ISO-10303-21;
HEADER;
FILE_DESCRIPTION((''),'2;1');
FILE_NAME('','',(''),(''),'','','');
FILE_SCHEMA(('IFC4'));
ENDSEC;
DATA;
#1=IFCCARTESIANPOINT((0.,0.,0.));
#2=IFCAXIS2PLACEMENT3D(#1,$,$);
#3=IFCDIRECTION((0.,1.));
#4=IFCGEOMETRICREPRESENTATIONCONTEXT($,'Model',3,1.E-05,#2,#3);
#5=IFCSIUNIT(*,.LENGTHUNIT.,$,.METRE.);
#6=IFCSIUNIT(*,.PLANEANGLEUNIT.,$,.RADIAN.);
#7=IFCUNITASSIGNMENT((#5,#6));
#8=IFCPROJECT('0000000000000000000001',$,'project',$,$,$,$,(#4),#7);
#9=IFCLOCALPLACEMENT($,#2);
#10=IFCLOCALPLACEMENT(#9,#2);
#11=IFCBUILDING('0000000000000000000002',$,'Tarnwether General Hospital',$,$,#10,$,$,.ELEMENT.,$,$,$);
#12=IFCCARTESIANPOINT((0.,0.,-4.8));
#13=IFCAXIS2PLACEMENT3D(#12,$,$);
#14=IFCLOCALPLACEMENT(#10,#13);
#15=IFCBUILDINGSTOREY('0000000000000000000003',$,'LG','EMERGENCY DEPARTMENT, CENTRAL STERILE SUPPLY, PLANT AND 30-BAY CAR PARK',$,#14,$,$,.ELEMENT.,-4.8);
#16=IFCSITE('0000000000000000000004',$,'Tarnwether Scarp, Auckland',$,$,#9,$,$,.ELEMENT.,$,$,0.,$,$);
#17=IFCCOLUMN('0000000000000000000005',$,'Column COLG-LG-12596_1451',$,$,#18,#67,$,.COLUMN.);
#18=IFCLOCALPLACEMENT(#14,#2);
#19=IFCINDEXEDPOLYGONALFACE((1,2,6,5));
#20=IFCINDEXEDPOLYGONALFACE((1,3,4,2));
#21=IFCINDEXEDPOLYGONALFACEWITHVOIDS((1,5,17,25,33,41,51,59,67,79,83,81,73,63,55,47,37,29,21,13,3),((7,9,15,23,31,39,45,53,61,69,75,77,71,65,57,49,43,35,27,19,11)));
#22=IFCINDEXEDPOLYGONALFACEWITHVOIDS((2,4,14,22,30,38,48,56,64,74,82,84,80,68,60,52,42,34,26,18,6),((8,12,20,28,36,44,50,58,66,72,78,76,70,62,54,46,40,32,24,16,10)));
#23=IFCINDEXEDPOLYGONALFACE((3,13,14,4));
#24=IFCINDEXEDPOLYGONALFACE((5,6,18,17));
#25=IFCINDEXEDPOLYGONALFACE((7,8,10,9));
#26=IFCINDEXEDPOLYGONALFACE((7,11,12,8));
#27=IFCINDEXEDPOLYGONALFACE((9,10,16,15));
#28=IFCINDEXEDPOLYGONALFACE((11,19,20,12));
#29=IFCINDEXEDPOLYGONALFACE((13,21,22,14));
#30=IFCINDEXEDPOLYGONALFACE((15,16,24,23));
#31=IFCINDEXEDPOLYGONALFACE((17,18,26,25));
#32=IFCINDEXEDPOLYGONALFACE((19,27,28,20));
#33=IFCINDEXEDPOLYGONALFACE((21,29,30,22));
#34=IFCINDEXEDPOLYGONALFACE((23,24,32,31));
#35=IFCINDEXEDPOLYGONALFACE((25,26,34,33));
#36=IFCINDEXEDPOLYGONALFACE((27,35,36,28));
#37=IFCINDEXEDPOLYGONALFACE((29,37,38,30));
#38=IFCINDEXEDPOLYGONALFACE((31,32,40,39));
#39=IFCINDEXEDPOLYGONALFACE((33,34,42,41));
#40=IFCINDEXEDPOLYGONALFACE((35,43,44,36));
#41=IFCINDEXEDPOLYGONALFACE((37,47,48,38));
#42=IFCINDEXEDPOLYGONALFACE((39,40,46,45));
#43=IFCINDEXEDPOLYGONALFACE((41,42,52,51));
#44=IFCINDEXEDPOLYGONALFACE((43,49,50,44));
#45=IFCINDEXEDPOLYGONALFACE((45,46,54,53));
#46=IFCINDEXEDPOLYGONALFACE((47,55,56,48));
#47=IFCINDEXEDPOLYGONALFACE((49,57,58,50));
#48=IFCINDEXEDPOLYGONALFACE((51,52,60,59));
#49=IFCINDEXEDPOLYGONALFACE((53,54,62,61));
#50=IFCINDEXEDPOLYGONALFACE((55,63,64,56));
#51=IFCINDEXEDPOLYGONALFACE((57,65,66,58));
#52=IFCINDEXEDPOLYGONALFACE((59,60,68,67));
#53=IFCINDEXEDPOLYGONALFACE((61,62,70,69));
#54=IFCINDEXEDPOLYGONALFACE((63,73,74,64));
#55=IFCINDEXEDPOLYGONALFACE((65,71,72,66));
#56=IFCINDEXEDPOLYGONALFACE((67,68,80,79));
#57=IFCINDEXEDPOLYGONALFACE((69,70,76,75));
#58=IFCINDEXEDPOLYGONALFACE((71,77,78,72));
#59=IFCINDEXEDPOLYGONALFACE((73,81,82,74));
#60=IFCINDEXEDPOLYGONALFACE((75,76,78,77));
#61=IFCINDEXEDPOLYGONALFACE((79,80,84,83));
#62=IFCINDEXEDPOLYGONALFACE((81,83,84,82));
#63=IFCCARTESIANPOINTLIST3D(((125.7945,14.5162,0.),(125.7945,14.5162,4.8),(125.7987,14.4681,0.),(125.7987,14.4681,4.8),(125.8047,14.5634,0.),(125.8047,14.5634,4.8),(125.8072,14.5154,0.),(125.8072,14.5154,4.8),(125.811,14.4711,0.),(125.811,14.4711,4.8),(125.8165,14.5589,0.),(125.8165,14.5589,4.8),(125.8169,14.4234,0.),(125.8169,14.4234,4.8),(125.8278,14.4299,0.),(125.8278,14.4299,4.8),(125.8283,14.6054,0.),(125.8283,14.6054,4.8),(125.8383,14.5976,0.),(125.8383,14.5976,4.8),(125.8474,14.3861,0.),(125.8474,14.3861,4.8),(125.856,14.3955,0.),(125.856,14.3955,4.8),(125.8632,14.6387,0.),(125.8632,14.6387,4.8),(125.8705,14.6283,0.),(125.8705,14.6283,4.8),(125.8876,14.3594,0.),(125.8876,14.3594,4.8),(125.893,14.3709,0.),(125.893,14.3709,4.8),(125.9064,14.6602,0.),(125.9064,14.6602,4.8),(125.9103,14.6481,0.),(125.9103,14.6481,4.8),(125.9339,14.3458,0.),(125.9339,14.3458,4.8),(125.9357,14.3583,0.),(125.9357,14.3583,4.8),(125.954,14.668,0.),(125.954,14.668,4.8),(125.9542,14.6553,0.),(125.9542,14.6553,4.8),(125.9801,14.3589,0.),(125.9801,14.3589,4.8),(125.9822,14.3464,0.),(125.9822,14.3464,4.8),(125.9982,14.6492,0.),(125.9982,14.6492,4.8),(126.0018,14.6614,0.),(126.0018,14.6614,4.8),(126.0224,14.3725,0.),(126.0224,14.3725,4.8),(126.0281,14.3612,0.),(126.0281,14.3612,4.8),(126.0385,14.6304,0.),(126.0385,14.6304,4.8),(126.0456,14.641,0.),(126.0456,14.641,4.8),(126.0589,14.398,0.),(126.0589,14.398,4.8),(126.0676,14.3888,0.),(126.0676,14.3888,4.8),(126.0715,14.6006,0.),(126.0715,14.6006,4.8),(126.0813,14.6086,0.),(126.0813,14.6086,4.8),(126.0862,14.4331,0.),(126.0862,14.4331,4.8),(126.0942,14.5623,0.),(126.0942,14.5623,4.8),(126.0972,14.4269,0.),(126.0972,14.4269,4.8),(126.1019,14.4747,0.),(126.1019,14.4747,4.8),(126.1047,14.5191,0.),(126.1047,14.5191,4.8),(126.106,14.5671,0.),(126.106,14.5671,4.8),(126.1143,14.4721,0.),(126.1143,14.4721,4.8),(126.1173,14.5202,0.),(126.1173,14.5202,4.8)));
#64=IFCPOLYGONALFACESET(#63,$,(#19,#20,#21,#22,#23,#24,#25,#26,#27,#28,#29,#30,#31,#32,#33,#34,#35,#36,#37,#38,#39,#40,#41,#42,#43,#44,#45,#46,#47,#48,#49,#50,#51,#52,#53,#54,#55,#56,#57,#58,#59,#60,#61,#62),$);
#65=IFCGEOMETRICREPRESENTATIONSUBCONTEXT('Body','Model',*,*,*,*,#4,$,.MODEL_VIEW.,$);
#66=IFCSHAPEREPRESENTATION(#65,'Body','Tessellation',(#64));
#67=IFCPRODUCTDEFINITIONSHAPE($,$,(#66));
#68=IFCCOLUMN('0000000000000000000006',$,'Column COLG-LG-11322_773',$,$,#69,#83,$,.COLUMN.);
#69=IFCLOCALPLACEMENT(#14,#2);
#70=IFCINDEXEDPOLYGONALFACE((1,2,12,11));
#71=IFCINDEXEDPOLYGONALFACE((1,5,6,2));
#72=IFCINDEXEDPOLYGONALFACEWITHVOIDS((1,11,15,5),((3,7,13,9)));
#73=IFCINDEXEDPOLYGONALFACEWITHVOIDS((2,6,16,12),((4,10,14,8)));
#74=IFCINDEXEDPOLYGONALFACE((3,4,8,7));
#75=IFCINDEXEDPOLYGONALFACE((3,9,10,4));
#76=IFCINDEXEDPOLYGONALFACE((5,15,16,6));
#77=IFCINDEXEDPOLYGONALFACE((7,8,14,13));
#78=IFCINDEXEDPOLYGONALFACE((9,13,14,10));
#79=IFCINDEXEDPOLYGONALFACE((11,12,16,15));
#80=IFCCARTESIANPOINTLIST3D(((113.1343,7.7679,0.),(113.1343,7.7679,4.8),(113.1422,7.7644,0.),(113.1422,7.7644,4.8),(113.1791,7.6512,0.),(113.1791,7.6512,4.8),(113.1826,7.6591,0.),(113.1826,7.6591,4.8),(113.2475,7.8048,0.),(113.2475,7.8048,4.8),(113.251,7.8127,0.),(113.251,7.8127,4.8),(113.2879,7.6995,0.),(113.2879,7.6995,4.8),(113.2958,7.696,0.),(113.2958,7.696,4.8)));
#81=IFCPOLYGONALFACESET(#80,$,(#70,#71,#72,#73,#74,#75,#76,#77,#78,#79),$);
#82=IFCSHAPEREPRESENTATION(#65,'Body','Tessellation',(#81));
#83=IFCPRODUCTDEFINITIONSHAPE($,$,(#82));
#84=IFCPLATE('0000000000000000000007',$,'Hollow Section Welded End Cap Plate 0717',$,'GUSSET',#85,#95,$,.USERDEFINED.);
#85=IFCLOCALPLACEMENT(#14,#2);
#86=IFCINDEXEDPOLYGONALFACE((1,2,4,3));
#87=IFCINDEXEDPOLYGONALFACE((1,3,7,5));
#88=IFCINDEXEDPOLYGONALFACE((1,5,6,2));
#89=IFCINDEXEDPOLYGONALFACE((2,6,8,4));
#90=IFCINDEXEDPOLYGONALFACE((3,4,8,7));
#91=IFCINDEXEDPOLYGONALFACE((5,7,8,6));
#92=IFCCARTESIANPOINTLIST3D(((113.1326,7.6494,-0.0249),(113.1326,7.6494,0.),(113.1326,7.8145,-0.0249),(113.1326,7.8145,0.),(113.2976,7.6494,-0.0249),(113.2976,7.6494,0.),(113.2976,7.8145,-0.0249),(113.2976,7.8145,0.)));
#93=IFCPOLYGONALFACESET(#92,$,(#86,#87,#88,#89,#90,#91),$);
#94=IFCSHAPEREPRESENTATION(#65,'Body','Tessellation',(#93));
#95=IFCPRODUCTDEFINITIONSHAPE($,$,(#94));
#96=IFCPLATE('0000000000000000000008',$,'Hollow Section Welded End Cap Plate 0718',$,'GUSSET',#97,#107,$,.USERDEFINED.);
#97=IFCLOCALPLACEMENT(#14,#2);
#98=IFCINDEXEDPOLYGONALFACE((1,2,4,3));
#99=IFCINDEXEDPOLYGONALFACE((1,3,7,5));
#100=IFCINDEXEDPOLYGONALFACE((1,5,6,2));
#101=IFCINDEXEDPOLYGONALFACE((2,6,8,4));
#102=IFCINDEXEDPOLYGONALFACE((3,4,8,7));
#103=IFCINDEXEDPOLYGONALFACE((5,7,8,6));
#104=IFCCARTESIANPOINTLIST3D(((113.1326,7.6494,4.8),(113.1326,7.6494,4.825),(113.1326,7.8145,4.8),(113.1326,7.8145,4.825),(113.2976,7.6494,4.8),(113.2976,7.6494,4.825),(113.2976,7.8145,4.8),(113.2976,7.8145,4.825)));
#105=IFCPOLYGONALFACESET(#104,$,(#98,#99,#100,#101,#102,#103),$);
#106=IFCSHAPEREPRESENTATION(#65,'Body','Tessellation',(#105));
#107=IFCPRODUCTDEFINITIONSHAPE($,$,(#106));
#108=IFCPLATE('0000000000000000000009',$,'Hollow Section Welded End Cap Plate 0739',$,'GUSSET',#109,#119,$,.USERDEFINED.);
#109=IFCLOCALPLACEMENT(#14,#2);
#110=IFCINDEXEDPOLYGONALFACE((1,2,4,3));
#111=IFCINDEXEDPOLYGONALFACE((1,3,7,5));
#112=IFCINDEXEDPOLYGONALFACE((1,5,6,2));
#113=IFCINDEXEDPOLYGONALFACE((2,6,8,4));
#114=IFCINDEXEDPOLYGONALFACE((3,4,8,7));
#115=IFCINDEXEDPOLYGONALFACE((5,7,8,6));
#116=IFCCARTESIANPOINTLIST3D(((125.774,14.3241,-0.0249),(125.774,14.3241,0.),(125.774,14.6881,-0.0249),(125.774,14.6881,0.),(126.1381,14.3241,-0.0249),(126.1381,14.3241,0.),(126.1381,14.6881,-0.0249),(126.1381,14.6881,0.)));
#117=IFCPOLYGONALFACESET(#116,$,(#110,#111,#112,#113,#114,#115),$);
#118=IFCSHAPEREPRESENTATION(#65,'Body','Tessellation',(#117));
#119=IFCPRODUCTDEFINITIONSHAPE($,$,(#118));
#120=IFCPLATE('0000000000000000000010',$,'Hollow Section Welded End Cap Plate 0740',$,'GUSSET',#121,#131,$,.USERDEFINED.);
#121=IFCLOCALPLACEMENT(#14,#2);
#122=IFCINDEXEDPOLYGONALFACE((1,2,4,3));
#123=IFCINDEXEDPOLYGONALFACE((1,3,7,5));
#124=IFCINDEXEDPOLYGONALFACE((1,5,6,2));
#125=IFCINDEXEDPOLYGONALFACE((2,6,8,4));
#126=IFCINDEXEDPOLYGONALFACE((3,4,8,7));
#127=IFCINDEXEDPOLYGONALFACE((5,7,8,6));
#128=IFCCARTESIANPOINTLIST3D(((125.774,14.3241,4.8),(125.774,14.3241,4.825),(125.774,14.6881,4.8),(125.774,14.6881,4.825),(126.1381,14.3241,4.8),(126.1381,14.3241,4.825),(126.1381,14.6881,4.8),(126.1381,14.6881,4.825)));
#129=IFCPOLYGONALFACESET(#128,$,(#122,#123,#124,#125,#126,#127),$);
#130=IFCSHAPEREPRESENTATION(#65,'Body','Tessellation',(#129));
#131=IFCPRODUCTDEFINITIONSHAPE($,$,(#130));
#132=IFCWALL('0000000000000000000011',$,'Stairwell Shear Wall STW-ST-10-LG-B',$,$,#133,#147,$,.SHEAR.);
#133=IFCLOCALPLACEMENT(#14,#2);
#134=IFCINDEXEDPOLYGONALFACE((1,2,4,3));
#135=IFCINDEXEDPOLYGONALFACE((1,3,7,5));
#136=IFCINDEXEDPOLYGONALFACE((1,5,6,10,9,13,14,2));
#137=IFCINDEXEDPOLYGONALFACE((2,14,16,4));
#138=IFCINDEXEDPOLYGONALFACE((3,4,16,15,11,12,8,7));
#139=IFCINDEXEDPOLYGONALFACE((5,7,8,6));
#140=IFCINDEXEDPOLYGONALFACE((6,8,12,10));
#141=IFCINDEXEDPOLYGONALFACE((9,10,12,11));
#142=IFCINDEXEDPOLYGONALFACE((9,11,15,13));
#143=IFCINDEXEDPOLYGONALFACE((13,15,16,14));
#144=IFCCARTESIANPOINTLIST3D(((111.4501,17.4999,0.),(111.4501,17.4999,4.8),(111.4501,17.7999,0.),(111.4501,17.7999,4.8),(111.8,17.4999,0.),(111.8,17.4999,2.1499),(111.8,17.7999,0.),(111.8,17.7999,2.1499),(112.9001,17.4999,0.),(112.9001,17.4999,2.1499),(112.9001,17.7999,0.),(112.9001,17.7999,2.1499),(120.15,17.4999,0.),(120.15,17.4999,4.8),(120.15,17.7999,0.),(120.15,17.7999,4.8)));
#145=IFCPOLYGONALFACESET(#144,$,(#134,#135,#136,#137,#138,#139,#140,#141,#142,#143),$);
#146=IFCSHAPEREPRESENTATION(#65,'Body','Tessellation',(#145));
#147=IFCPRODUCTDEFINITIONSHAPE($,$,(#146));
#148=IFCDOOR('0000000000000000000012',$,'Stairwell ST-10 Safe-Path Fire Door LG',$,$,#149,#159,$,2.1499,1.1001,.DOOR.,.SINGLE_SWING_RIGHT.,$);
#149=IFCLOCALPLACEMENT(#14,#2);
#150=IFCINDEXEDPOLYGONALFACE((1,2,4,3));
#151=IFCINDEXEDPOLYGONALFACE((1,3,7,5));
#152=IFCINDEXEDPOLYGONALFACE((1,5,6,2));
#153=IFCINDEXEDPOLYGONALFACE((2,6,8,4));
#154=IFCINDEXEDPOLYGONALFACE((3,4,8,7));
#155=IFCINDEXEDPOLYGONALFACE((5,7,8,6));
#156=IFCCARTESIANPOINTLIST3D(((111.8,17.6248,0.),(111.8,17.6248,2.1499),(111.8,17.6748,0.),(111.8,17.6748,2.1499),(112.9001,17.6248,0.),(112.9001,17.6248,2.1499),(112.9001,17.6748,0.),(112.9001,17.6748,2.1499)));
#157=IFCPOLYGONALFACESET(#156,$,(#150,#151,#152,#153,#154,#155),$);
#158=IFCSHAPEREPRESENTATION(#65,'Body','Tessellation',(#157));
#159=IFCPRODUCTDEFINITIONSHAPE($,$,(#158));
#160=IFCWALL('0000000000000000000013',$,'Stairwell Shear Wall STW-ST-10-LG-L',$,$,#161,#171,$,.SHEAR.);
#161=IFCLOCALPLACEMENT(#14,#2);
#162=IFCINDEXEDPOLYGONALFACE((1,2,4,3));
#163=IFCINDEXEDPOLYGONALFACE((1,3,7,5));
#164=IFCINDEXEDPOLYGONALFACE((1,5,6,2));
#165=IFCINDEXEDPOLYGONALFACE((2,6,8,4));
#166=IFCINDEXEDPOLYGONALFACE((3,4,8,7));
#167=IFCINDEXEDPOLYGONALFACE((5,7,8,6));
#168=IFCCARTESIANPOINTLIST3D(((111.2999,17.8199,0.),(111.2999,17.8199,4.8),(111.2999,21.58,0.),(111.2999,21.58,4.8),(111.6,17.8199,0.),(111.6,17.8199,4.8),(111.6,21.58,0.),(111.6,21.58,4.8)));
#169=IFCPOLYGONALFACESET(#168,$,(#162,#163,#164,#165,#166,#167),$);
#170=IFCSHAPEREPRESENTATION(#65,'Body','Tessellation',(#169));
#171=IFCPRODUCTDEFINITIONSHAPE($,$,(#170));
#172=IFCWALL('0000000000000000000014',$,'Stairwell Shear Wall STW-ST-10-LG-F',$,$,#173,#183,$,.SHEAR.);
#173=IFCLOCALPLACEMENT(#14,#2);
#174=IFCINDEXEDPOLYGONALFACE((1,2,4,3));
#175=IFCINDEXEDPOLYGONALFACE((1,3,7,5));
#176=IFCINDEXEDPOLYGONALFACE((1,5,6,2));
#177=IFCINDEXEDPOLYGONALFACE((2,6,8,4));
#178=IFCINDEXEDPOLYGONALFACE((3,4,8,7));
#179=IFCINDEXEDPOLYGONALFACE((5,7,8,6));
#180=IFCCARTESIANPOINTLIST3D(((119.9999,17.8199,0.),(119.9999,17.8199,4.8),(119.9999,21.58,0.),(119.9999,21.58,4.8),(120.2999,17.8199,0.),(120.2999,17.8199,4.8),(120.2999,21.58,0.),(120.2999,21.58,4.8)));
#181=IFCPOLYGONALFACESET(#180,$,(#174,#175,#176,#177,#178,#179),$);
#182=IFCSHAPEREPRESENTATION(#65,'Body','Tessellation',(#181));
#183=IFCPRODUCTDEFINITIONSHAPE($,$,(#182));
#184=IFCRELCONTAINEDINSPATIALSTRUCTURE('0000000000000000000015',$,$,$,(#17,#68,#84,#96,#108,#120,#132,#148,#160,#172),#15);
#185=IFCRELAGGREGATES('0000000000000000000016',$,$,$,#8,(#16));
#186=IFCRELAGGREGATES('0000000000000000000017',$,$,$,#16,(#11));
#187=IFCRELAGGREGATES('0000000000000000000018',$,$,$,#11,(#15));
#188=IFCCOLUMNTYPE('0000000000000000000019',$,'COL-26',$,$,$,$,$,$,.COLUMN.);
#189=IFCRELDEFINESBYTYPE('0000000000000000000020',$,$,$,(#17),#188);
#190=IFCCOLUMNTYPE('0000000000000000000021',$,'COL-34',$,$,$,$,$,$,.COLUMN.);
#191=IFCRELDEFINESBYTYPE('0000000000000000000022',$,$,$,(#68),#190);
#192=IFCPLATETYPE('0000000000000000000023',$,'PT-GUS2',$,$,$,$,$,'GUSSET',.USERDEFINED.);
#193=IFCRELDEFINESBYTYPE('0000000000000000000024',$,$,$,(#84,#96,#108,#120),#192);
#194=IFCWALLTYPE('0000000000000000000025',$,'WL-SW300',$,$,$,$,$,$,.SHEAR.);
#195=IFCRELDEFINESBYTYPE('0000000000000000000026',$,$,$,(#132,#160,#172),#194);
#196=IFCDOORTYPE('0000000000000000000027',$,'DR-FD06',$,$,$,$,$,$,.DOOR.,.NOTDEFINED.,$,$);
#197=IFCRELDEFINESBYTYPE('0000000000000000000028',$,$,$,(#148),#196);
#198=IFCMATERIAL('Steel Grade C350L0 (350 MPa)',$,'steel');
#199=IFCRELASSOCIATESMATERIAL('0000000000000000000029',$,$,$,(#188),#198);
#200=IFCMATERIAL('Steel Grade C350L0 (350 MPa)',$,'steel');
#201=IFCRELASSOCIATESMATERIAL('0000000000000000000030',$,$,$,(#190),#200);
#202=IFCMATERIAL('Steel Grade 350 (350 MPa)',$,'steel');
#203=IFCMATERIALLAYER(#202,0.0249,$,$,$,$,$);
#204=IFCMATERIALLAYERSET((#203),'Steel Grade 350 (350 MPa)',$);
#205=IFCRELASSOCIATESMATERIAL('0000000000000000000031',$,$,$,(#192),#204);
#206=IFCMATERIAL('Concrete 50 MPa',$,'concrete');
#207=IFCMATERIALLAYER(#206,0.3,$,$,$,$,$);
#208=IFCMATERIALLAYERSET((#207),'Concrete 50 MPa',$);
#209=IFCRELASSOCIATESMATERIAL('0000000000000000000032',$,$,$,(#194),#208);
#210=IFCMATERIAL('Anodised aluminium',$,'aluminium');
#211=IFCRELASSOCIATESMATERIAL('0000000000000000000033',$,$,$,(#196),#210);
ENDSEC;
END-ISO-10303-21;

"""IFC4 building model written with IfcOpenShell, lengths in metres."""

from ifc_helpers import new_model, si_unit, direction, frame, frame_2d, origin, origin_2d, place, context, subcontext, project, spatial, rectangle, hollow_rectangle, hollow_circle, extrude, material, layer, layer_set, material_profile, profile_set, type_object, element, fill, save


model = new_model("IFC4")

# Units and contexts
model_context = context("Model", 3, precision=1e-05, world=origin(), true_north=direction((0.0, 1.0)))
body_context = subcontext(model_context, "Body", "Model", "MODEL_VIEW")
ifc_project = project(units=[si_unit("LENGTHUNIT", "METRE"), si_unit("PLANEANGLEUNIT", "RADIAN")], contexts=[model_context])

# Site, building, storey
site_placement = place(None, origin())
site = spatial("IfcSite", under=ifc_project, at=site_placement, Name="Tarnwether Scarp, Auckland", CompositionType="ELEMENT", RefElevation=0.0)
building_placement = place(site_placement, origin())
building = spatial("IfcBuilding", under=site, at=building_placement, Name="Tarnwether General Hospital", CompositionType="ELEMENT")
storey_placement = place(building_placement, frame((0.0, 0.0, -4.8)))
storey = spatial("IfcBuildingStorey", under=building, at=storey_placement, Name="LG", Description="EMERGENCY DEPARTMENT, CENTRAL STERILE SUPPLY, PLANT AND 30-BAY CAR PARK", CompositionType="ELEMENT", Elevation=-4.8)

# Columns
ifc_material_1 = material(Name="Steel Grade C350L0 (350 MPa)", Category="steel")
ifc_material_profile_1 = material_profile(ifc_material_1, hollow_circle(Radius=0.1619, WallThickness=0.0127, at=origin_2d()), Name="CHS323.9x12.7")
ifc_profile_set_1 = profile_set([ifc_material_profile_1], Name="Steel Grade C350L0 (350 MPa)")
column_type_1 = type_object("IfcColumnType", Name="COL-26", PredefinedType="COLUMN", material=ifc_profile_set_1)
column_1_placement = place(storey_placement, frame((125.9561, 14.5061, 0.0), z_axis=(0.0, 0.0, 1.0), x_axis=(-0.573576, 0.819152, 0.0)))
element("IfcColumn", 1, at=column_1_placement, inside=storey, type_object=column_type_1, Name="Column COLG-LG-12596_1451", PredefinedType="COLUMN", context=body_context, shape_type="SweptSolid", body=[
    extrude(hollow_circle(Radius=0.1619, WallThickness=0.0127, at=origin_2d()), origin(), (0.0, 0.0, 1.0), 4.8),
])
ifc_material_2 = material(Name="Steel Grade C350L0 (350 MPa)", Category="steel")
ifc_material_profile_2 = material_profile(ifc_material_2, hollow_rectangle(XDim=0.125, YDim=0.125, WallThickness=0.0061, at=origin_2d()), Name="SHS125x125x6")
ifc_profile_set_2 = profile_set([ifc_material_profile_2], Name="Steel Grade C350L0 (350 MPa)")
column_type_2 = type_object("IfcColumnType", Name="COL-34", PredefinedType="COLUMN", material=ifc_profile_set_2)
column_2_placement = place(storey_placement, frame((113.2151, 7.7319, 0.0), z_axis=(0.0, 0.0, 1.0), x_axis=(-0.358368, 0.93358, 0.0)))
element("IfcColumn", 2, at=column_2_placement, inside=storey, type_object=column_type_2, Name="Column COLG-LG-11322_773", PredefinedType="COLUMN", context=body_context, shape_type="SweptSolid", body=[
    extrude(hollow_rectangle(XDim=0.125, YDim=0.125, WallThickness=0.0061, at=origin_2d()), origin(), (0.0, 0.0, 1.0), 4.8),
])

# Plates
ifc_material_3 = material(Name="Steel Grade 350 (350 MPa)", Category="steel")
ifc_layer_1 = layer(ifc_material_3, 0.0249)
ifc_layer_set_1 = layer_set([ifc_layer_1], Name="Steel Grade 350 (350 MPa)")
plate_type = type_object("IfcPlateType", Name="PT-GUS2", ElementType="GUSSET", PredefinedType="USERDEFINED", material=ifc_layer_set_1)
for number, where, z_axis, x_axis, name in (
    (3, (113.2151, 7.7319, -0.0249), (0.0, 0.0, 1.0), (1.0, 0.0, 0.0), "Hollow Section Welded End Cap Plate 0717"),
    (4, (113.2151, 7.7319, 4.8), (0.0, 0.0, 1.0), (1.0, 0.0, 0.0), "Hollow Section Welded End Cap Plate 0718"),
):
    element("IfcPlate", number, at=place(storey_placement, frame(where, z_axis=z_axis, x_axis=x_axis)), inside=storey, type_object=plate_type, Name=name, ObjectType="GUSSET", PredefinedType="USERDEFINED", context=body_context, shape_type="SweptSolid", body=[
        extrude(rectangle(XDim=0.165, YDim=0.165, at=origin_2d()), origin(), (0.0, 0.0, 1.0), 0.0249),
    ])
for number, where, z_axis, x_axis, name in (
    (5, (125.9561, 14.5061, -0.0249), (0.0, 0.0, 1.0), (1.0, 0.0, 0.0), "Hollow Section Welded End Cap Plate 0739"),
    (6, (125.9561, 14.5061, 4.8), (0.0, 0.0, 1.0), (1.0, 0.0, 0.0), "Hollow Section Welded End Cap Plate 0740"),
):
    element("IfcPlate", number, at=place(storey_placement, frame(where, z_axis=z_axis, x_axis=x_axis)), inside=storey, type_object=plate_type, Name=name, ObjectType="GUSSET", PredefinedType="USERDEFINED", context=body_context, shape_type="SweptSolid", body=[
        extrude(rectangle(XDim=0.364, YDim=0.364, at=origin_2d()), origin(), (0.0, 0.0, 1.0), 0.0249),
    ])

# Wall, opening, door
ifc_material_4 = material(Name="Concrete 50 MPa", Category="concrete")
ifc_layer_2 = layer(ifc_material_4, 0.3)
ifc_layer_set_2 = layer_set([ifc_layer_2], Name="Concrete 50 MPa")
wall_type = type_object("IfcWallType", Name="WL-SW300", PredefinedType="SHEAR", material=ifc_layer_set_2)
wall_placement = place(storey_placement, frame((111.45, 17.6499, 0.0), z_axis=(0.0, 0.0, 1.0), x_axis=(1.0, 0.0, 0.0)))
wall = element("IfcWall", 7, at=wall_placement, inside=storey, type_object=wall_type, Name="Stairwell Shear Wall STW-ST-10-LG-B", PredefinedType="SHEAR", context=body_context, shape_type="SweptSolid", body=[
    extrude(rectangle(XDim=8.7, YDim=0.3, at=frame_2d((4.3501, 0.0))), origin(), (0.0, 0.0, 1.0), 4.8),
])
opening_placement = place(wall_placement, frame((0.3501, 0.0, 0.0)))
opening = element("IfcOpeningElement", 8, at=opening_placement, cuts=wall, PredefinedType="OPENING", context=body_context, shape_type="SweptSolid", body=[
    extrude(rectangle(XDim=1.1001, YDim=2.1499, at=frame_2d((0.55, 1.075))), frame((0.0, 0.1602, 0.0), z_axis=(0.0, -1.0, 0.0), x_axis=(1.0, 0.0, 0.0)), (0.0, 0.0, 1.0), 0.3201),
])
ifc_material_5 = material(Name="Anodised aluminium", Category="aluminium")
door_type = type_object("IfcDoorType", Name="DR-FD06", OperationType="NOTDEFINED", PredefinedType="DOOR", material=ifc_material_5)
door_placement = place(opening_placement, origin())
door = element("IfcDoor", 9, at=door_placement, inside=storey, type_object=door_type, Name="Stairwell ST-10 Safe-Path Fire Door LG", OperationType="SINGLE_SWING_RIGHT", OverallHeight=2.1499, OverallWidth=1.1001, PredefinedType="DOOR", context=body_context, shape_type="SweptSolid", body=[
    extrude(rectangle(XDim=1.1001, YDim=2.1499, at=frame_2d((0.55, 1.075))), frame((0.0, 0.0249, 0.0), z_axis=(0.0, -1.0, 0.0), x_axis=(1.0, 0.0, 0.0)), (0.0, 0.0, 1.0), 0.05),
])
fill(opening, door)

# Walls
for number, where, z_axis, x_axis, name in (
    (10, (111.45, 17.8201, 0.0), (0.0, 0.0, 1.0), (0.0, 1.0, 0.0), "Stairwell Shear Wall STW-ST-10-LG-L"),
    (11, (120.1499, 17.8201, 0.0), (0.0, 0.0, 1.0), (0.0, 1.0, 0.0), "Stairwell Shear Wall STW-ST-10-LG-F"),
):
    element("IfcWall", number, at=place(storey_placement, frame(where, z_axis=z_axis, x_axis=x_axis)), inside=storey, type_object=wall_type, Name=name, PredefinedType="SHEAR", context=body_context, shape_type="SweptSolid", body=[
        extrude(rectangle(XDim=3.76, YDim=0.3, at=frame_2d((1.8799, 0.0))), origin(), (0.0, 0.0, 1.0), 4.8),
    ])

save(model, "model.ifc")
